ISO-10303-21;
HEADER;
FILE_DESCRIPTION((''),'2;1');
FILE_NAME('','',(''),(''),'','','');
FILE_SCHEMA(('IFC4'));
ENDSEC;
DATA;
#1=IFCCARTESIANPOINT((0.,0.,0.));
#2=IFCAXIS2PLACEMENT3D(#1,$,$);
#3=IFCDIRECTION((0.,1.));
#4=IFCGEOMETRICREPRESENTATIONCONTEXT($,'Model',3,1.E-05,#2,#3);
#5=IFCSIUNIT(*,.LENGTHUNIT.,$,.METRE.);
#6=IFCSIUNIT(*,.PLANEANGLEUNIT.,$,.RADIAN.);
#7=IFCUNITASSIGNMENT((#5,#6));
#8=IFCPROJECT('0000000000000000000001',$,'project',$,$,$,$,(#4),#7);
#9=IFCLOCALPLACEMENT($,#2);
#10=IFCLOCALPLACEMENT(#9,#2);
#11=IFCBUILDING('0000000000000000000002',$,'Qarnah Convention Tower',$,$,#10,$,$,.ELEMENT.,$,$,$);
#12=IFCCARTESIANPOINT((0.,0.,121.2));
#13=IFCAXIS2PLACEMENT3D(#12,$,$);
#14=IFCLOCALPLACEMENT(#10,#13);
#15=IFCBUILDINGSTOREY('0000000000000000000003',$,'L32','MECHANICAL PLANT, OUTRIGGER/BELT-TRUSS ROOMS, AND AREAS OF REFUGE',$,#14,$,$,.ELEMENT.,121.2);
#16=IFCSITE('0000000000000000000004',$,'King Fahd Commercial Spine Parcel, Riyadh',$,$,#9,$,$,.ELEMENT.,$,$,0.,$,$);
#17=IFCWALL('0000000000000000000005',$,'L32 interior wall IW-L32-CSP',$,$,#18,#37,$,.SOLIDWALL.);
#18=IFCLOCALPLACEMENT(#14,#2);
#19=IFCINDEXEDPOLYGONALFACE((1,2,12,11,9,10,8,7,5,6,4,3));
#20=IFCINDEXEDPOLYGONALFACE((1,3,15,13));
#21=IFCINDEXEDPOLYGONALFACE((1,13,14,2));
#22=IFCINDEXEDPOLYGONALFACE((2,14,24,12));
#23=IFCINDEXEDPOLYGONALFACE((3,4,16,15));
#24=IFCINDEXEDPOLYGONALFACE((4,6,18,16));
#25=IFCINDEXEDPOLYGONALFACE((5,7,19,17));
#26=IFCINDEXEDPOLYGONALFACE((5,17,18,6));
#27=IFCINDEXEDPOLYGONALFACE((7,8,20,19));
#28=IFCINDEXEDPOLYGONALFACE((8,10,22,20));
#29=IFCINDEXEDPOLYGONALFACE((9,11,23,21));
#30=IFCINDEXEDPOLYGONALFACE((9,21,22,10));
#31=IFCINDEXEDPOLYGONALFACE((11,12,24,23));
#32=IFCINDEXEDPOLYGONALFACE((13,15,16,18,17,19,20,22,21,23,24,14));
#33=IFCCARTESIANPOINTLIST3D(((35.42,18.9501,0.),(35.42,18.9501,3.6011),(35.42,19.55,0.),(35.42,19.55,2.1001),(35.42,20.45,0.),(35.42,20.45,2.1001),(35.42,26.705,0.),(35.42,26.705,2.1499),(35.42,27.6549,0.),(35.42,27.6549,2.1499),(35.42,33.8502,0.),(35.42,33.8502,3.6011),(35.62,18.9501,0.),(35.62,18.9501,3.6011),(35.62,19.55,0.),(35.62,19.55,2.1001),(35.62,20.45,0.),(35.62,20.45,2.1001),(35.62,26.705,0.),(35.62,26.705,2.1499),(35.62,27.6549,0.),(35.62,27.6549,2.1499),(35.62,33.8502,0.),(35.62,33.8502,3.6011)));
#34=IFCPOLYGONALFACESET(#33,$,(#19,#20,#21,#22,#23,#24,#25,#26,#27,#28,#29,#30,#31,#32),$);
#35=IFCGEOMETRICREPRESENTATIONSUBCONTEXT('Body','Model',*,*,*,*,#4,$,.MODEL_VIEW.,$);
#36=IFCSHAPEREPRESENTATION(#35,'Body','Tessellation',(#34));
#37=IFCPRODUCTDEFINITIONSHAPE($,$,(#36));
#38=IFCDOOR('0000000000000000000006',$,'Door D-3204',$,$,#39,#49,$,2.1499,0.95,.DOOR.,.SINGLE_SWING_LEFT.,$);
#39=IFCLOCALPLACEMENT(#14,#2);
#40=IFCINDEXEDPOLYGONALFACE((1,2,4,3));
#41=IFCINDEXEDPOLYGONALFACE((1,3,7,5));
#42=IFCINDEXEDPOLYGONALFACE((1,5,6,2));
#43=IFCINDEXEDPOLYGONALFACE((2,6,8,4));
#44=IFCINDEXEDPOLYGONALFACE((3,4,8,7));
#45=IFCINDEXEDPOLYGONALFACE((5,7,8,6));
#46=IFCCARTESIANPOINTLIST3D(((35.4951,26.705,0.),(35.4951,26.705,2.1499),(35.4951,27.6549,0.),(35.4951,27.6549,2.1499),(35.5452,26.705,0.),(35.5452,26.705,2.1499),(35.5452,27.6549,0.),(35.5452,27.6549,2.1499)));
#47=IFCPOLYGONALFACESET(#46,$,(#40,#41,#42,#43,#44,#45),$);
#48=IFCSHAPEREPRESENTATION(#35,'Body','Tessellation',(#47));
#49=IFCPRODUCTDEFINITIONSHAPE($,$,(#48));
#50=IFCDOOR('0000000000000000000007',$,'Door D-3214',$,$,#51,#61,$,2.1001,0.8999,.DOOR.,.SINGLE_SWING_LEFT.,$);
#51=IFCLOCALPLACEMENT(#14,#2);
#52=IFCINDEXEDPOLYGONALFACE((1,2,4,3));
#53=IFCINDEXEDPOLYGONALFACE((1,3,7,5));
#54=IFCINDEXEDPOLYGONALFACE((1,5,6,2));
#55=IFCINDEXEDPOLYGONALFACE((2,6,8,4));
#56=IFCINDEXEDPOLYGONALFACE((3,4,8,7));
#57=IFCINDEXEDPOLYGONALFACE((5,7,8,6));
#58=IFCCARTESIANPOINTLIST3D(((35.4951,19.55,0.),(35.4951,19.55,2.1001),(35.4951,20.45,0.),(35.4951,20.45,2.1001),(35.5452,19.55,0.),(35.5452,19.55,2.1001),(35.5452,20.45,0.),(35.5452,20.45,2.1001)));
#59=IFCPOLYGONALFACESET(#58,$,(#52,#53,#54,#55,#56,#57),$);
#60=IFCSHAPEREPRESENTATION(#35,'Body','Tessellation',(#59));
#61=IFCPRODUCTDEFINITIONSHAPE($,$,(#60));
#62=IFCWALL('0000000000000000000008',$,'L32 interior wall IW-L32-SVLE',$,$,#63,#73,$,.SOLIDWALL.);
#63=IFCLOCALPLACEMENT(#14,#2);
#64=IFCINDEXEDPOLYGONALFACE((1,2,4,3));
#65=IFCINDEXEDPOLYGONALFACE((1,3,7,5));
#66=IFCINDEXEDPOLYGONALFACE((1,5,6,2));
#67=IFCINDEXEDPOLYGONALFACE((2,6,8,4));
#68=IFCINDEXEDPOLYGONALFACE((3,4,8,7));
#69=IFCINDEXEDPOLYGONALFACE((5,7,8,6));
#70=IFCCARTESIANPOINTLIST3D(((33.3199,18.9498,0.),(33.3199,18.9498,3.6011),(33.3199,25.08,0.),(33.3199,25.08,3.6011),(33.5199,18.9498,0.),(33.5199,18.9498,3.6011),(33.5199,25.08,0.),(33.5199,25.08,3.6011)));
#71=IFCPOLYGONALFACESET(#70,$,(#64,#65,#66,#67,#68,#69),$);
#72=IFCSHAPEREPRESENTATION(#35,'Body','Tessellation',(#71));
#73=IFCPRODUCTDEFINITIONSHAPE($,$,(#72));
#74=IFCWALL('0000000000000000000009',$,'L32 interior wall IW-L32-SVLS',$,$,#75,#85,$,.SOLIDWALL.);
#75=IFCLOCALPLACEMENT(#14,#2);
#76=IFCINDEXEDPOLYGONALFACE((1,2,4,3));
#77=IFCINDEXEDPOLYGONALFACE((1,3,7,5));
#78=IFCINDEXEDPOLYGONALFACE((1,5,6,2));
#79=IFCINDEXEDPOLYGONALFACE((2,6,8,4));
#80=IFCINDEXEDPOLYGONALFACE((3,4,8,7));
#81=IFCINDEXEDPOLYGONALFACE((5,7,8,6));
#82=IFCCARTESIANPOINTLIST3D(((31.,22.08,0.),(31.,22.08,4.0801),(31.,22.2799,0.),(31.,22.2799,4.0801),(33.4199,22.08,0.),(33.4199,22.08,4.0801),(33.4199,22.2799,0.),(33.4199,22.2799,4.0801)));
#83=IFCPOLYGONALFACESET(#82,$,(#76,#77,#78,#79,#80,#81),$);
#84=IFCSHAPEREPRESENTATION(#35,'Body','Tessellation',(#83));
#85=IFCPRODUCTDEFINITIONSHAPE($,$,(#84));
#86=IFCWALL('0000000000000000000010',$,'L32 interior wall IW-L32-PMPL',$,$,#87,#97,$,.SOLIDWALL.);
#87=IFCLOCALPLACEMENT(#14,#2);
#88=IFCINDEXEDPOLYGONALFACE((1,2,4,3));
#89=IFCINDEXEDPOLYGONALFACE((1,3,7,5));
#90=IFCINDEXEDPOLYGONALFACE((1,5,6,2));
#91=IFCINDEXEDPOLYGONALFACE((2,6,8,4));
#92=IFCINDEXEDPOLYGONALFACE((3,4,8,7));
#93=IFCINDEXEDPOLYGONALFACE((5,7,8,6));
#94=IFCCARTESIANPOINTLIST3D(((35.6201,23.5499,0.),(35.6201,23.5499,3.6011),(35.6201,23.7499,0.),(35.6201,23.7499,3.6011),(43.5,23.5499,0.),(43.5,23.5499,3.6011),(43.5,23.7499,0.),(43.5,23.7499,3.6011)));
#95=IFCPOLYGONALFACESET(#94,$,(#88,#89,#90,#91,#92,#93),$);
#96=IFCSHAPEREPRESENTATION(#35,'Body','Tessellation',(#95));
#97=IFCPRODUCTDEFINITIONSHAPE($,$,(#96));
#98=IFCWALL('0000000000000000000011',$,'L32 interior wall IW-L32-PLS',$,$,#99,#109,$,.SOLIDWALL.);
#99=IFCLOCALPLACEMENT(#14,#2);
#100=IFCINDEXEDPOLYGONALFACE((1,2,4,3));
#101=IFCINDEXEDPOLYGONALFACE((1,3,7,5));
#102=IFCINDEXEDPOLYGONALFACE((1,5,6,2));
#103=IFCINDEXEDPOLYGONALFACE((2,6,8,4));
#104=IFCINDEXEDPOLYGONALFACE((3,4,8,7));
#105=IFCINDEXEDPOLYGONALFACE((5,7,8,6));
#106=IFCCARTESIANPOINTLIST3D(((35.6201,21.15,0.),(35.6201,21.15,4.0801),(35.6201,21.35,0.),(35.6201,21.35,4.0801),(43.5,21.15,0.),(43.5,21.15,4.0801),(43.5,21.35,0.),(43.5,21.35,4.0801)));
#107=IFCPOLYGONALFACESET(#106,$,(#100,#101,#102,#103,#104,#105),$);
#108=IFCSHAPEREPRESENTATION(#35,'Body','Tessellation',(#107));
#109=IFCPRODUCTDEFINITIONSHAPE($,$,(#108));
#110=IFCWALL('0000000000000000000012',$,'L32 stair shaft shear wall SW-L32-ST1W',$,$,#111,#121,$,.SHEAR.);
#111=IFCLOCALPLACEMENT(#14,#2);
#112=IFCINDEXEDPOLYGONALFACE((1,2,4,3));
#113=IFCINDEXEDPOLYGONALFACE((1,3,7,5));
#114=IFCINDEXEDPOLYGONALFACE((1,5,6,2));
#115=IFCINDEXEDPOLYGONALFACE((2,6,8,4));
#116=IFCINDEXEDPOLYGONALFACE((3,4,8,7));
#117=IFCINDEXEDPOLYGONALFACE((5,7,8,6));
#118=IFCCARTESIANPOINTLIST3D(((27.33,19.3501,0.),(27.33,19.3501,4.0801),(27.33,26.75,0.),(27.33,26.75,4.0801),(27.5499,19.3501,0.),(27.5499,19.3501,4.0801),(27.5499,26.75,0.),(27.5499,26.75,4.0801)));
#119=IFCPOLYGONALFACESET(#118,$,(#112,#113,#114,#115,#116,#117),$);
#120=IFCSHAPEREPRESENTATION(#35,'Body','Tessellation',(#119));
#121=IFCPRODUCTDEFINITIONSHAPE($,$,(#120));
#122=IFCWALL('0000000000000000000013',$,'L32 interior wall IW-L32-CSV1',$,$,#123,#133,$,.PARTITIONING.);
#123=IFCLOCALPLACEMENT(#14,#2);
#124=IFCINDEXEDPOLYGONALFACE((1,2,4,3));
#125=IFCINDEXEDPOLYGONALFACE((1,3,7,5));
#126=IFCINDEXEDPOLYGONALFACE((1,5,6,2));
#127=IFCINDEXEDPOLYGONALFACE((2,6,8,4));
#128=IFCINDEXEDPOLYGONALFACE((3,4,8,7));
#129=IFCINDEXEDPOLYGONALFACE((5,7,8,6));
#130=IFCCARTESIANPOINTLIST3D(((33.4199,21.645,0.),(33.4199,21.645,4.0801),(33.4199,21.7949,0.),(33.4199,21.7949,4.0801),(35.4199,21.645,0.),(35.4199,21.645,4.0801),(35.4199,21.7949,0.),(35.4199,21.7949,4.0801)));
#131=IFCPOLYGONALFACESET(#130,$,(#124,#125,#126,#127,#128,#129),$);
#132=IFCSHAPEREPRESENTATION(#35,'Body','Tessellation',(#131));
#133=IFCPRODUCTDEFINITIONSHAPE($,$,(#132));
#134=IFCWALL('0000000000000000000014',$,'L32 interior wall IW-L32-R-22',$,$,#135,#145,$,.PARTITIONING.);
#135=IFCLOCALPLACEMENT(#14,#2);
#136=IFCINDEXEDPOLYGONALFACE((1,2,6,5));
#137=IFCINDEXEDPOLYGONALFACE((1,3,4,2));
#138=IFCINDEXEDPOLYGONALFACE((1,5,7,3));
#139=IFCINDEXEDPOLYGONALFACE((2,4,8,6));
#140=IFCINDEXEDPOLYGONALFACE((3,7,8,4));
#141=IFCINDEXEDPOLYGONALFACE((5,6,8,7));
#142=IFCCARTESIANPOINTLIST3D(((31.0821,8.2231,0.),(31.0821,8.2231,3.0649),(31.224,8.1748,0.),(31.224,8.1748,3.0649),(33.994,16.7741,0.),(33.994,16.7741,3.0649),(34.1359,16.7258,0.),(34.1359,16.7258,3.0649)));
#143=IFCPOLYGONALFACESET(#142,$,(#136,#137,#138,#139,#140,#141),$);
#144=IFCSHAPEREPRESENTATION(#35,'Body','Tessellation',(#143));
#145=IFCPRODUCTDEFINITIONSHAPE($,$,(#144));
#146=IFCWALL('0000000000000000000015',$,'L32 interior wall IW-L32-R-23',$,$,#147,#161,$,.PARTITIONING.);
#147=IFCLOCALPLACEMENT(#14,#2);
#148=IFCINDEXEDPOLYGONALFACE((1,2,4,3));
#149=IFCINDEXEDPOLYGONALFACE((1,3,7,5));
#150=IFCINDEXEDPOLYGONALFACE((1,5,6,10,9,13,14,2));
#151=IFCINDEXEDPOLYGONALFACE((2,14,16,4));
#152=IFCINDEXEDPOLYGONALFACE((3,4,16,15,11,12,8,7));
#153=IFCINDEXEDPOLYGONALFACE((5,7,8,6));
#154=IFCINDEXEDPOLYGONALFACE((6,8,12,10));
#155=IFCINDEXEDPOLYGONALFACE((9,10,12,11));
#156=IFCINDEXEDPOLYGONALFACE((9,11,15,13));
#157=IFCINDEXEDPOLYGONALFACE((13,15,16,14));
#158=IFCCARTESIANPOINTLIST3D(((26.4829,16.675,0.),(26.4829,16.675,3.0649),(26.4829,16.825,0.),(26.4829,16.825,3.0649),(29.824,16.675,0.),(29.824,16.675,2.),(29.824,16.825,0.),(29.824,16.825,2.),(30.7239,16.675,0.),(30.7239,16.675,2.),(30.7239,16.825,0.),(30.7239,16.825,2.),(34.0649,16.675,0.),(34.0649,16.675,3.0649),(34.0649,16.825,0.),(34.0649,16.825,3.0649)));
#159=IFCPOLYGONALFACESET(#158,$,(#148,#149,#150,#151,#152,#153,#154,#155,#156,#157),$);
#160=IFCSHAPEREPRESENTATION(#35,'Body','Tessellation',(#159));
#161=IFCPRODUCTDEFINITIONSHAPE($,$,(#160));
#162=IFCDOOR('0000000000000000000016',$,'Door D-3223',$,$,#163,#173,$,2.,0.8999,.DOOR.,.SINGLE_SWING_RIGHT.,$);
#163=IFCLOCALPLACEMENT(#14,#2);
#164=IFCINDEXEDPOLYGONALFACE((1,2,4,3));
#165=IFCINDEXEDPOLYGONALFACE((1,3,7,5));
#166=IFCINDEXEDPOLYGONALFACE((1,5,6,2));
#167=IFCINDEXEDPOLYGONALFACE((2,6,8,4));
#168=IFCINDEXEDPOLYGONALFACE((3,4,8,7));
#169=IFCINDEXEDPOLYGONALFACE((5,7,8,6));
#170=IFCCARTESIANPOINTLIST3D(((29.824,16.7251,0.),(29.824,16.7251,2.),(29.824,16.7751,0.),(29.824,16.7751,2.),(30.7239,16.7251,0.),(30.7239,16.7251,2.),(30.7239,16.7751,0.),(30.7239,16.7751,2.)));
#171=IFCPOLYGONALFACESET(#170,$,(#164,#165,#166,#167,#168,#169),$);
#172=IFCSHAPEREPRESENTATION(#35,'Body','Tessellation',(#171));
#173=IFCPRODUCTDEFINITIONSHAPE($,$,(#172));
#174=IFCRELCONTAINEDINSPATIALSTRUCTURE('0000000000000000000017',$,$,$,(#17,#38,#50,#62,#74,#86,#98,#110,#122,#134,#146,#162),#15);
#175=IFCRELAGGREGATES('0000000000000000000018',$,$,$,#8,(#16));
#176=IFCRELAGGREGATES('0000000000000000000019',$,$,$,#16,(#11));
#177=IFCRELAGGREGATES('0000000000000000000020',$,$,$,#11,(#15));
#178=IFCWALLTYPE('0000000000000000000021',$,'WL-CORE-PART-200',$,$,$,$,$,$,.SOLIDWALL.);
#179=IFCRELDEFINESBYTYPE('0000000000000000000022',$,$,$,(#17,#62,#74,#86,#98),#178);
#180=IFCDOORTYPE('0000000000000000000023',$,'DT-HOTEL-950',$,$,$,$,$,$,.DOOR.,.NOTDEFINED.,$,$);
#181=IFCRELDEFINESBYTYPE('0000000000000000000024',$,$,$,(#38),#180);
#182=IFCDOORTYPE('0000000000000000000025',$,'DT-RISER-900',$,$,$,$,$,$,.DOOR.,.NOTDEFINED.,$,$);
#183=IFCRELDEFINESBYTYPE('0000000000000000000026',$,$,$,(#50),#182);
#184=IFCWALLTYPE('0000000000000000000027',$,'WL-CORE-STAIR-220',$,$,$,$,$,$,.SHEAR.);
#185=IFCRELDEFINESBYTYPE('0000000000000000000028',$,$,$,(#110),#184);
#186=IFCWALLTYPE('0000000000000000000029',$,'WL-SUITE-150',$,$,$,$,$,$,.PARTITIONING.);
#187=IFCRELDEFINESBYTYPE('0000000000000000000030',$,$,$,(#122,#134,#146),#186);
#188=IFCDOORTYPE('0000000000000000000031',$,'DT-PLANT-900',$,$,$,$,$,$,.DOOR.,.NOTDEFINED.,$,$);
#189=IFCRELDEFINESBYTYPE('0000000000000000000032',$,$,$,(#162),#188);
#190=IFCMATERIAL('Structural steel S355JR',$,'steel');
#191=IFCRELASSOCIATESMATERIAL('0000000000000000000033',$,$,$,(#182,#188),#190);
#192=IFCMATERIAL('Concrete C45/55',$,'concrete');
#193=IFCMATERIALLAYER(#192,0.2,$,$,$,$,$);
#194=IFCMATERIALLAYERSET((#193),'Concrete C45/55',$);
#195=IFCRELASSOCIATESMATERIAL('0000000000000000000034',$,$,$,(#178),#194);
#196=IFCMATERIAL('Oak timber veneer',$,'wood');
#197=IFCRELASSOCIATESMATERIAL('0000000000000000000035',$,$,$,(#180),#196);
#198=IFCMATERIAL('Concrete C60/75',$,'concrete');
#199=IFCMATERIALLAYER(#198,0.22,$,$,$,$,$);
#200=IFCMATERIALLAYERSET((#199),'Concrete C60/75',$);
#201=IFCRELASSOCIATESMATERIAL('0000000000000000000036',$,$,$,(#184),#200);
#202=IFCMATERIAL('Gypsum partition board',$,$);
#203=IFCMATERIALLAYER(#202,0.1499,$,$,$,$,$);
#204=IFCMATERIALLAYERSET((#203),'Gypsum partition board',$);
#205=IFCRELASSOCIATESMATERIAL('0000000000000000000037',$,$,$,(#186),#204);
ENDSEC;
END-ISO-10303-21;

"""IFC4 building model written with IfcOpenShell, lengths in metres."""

from ifc_helpers import new_model, si_unit, direction, frame, frame_2d, origin, place, context, subcontext, project, spatial, rectangle, extrude, material, layer, layer_set, type_object, element, fill, save


model = new_model("IFC4")

# Units and contexts
model_context = context("Model", 3, precision=1e-05, world=origin(), true_north=direction((0.0, 1.0)))
body_context = subcontext(model_context, "Body", "Model", "MODEL_VIEW")
ifc_project = project(units=[si_unit("LENGTHUNIT", "METRE"), si_unit("PLANEANGLEUNIT", "RADIAN")], contexts=[model_context])

# Site, building, storey
site_placement = place(None, origin())
site = spatial("IfcSite", under=ifc_project, at=site_placement, Name="King Fahd Commercial Spine Parcel, Riyadh", CompositionType="ELEMENT", RefElevation=0.0)
building_placement = place(site_placement, origin())
building = spatial("IfcBuilding", under=site, at=building_placement, Name="Qarnah Convention Tower", CompositionType="ELEMENT")
storey_placement = place(building_placement, frame((0.0, 0.0, 121.2)))
storey = spatial("IfcBuildingStorey", under=building, at=storey_placement, Name="L32", Description="MECHANICAL PLANT, OUTRIGGER/BELT-TRUSS ROOMS, AND AREAS OF REFUGE", CompositionType="ELEMENT", Elevation=121.2)

# Shared definitions
ifc_material_1 = material(Name="Concrete C60/75", Category="concrete")

# Shared definitions
ifc_material_2 = material(Name="Structural steel S355JR", Category="steel")

# Wall, openings, doors
door_type_1 = type_object("IfcDoorType", Name="DT-RISER-900", OperationType="NOTDEFINED", PredefinedType="DOOR", material=ifc_material_2)
ifc_material_3 = material(Name="Concrete C45/55", Category="concrete")
ifc_layer_1 = layer(ifc_material_3, 0.2)
ifc_layer_set_1 = layer_set([ifc_layer_1], Name="Concrete C45/55")
wall_type_1 = type_object("IfcWallType", Name="WL-CORE-PART-200", PredefinedType="SOLIDWALL", material=ifc_layer_set_1)
wall_1_placement = place(storey_placement, frame((35.52, 18.95, 0.0), z_axis=(0.0, 0.0, 1.0), x_axis=(0.0, 1.0, 0.0)))
wall_1 = element("IfcWall", 1, at=wall_1_placement, inside=storey, type_object=wall_type_1, Name="L32 interior wall IW-L32-CSP", PredefinedType="SOLIDWALL", context=body_context, shape_type="SweptSolid", body=[
    extrude(rectangle(XDim=14.9001, YDim=0.2, at=frame_2d((7.4502, 0.0))), origin(), (0.0, 0.0, 1.0), 3.6011),
])
opening_1_placement = place(wall_1_placement, frame((7.7549, 0.0, 0.0)))
opening_1 = element("IfcOpeningElement", 2, at=opening_1_placement, cuts=wall_1, PredefinedType="OPENING", context=body_context, shape_type="SweptSolid", body=[
    extrude(rectangle(XDim=0.95, YDim=2.1499, at=frame_2d((0.4751, 1.075))), frame((0.0, 0.1099, 0.0), z_axis=(0.0, -1.0, 0.0), x_axis=(1.0, 0.0, 0.0)), (0.0, 0.0, 1.0), 0.22),
])
opening_2_placement = place(wall_1_placement, frame((0.6001, 0.0, 0.0)))
opening_2 = element("IfcOpeningElement", 3, at=opening_2_placement, cuts=wall_1, PredefinedType="OPENING", context=body_context, shape_type="SweptSolid", body=[
    extrude(rectangle(XDim=0.8999, YDim=2.1001, at=frame_2d((0.45, 1.05))), frame((0.0, 0.1099, 0.0), z_axis=(0.0, -1.0, 0.0), x_axis=(1.0, 0.0, 0.0)), (0.0, 0.0, 1.0), 0.22),
])
ifc_material_4 = material(Name="Oak timber veneer", Category="wood")
door_type_2 = type_object("IfcDoorType", Name="DT-HOTEL-950", OperationType="NOTDEFINED", PredefinedType="DOOR", material=ifc_material_4)
door_1_placement = place(opening_1_placement, origin())
door_1 = element("IfcDoor", 4, at=door_1_placement, inside=storey, type_object=door_type_2, Name="Door D-3204", OperationType="SINGLE_SWING_LEFT", OverallHeight=2.1499, OverallWidth=0.95, PredefinedType="DOOR", context=body_context, shape_type="SweptSolid", body=[
    extrude(rectangle(XDim=0.95, YDim=2.1499, at=frame_2d((0.4751, 1.075))), frame((0.0, 0.0249, 0.0), z_axis=(0.0, -1.0, 0.0), x_axis=(1.0, 0.0, 0.0)), (0.0, 0.0, 1.0), 0.05),
])
fill(opening_1, door_1)
door_2_placement = place(opening_2_placement, origin())
door_2 = element("IfcDoor", 5, at=door_2_placement, inside=storey, type_object=door_type_1, Name="Door D-3214", OperationType="SINGLE_SWING_LEFT", OverallHeight=2.1001, OverallWidth=0.8999, PredefinedType="DOOR", context=body_context, shape_type="SweptSolid", body=[
    extrude(rectangle(XDim=0.8999, YDim=2.1001, at=frame_2d((0.45, 1.05))), frame((0.0, 0.0249, 0.0), z_axis=(0.0, -1.0, 0.0), x_axis=(1.0, 0.0, 0.0)), (0.0, 0.0, 1.0), 0.05),
])
fill(opening_2, door_2)

# Walls
wall_2_placement = place(storey_placement, frame((33.4199, 18.95, 0.0), z_axis=(0.0, 0.0, 1.0), x_axis=(0.0, 1.0, 0.0)))
element("IfcWall", 6, at=wall_2_placement, inside=storey, type_object=wall_type_1, Name="L32 interior wall IW-L32-SVLE", PredefinedType="SOLIDWALL", context=body_context, shape_type="SweptSolid", body=[
    extrude(rectangle(XDim=6.1301, YDim=0.2, at=frame_2d((3.0649, 0.0))), origin(), (0.0, 0.0, 1.0), 3.6011),
])
wall_3_placement = place(storey_placement, frame((31.0, 22.1799, 0.0), z_axis=(0.0, 0.0, 1.0), x_axis=(1.0, 0.0, 0.0)))
element("IfcWall", 7, at=wall_3_placement, inside=storey, type_object=wall_type_1, Name="L32 interior wall IW-L32-SVLS", PredefinedType="SOLIDWALL", context=body_context, shape_type="SweptSolid", body=[
    extrude(rectangle(XDim=2.4199, YDim=0.2, at=frame_2d((1.21, 0.0))), origin(), (0.0, 0.0, 1.0), 4.0801),
])
wall_4_placement = place(storey_placement, frame((35.6201, 23.6499, 0.0), z_axis=(0.0, 0.0, 1.0), x_axis=(1.0, 0.0, 0.0)))
element("IfcWall", 8, at=wall_4_placement, inside=storey, type_object=wall_type_1, Name="L32 interior wall IW-L32-PMPL", PredefinedType="SOLIDWALL", context=body_context, shape_type="SweptSolid", body=[
    extrude(rectangle(XDim=7.8799, YDim=0.2, at=frame_2d((3.9399, 0.0))), origin(), (0.0, 0.0, 1.0), 3.6011),
])
wall_5_placement = place(storey_placement, frame((35.6201, 21.25, 0.0), z_axis=(0.0, 0.0, 1.0), x_axis=(1.0, 0.0, 0.0)))
element("IfcWall", 9, at=wall_5_placement, inside=storey, type_object=wall_type_1, Name="L32 interior wall IW-L32-PLS", PredefinedType="SOLIDWALL", context=body_context, shape_type="SweptSolid", body=[
    extrude(rectangle(XDim=7.8799, YDim=0.2, at=frame_2d((3.9399, 0.0))), origin(), (0.0, 0.0, 1.0), 4.0801),
])
ifc_layer_2 = layer(ifc_material_1, 0.22)
ifc_layer_set_2 = layer_set([ifc_layer_2], Name="Concrete C60/75")
wall_type_2 = type_object("IfcWallType", Name="WL-CORE-STAIR-220", PredefinedType="SHEAR", material=ifc_layer_set_2)
wall_6_placement = place(storey_placement, frame((27.4399, 19.3501, 0.0), z_axis=(0.0, 0.0, 1.0), x_axis=(0.0, 1.0, 0.0)))
element("IfcWall", 10, at=wall_6_placement, inside=storey, type_object=wall_type_2, Name="L32 stair shaft shear wall SW-L32-ST1W", PredefinedType="SHEAR", context=body_context, shape_type="SweptSolid", body=[
    extrude(rectangle(XDim=7.3999, YDim=0.22, at=frame_2d((3.7, 0.0))), origin(), (0.0, 0.0, 1.0), 4.0801),
])
ifc_material_5 = material(Name="Gypsum partition board")
ifc_layer_3 = layer(ifc_material_5, 0.1499)
ifc_layer_set_3 = layer_set([ifc_layer_3], Name="Gypsum partition board")
wall_type_3 = type_object("IfcWallType", Name="WL-SUITE-150", PredefinedType="PARTITIONING", material=ifc_layer_set_3)
wall_7_placement = place(storey_placement, frame((33.4199, 21.72, 0.0), z_axis=(0.0, 0.0, 1.0), x_axis=(1.0, 0.0, 0.0)))
element("IfcWall", 11, at=wall_7_placement, inside=storey, type_object=wall_type_3, Name="L32 interior wall IW-L32-CSV1", PredefinedType="PARTITIONING", context=body_context, shape_type="SweptSolid", body=[
    extrude(rectangle(XDim=2.0, YDim=0.1499, at=frame_2d((1.0, 0.0))), origin(), (0.0, 0.0, 1.0), 4.0801),
])
wall_8_placement = place(storey_placement, frame((31.1531, 8.199, 0.0), z_axis=(0.0, 0.0, 1.0), x_axis=(0.322351, 0.94662, 0.0)))
element("IfcWall", 12, at=wall_8_placement, inside=storey, type_object=wall_type_3, Name="L32 interior wall IW-L32-R-22", PredefinedType="PARTITIONING", context=body_context, shape_type="SweptSolid", body=[
    extrude(rectangle(XDim=9.0332, YDim=0.1499, at=frame_2d((4.5166, 0.0))), origin(), (0.0, 0.0, 1.0), 3.0649),
])

# Wall, opening, door
wall_9_placement = place(storey_placement, frame((34.0649, 16.75, 0.0), z_axis=(0.0, 0.0, 1.0), x_axis=(-1.0, 0.0, 0.0)))
wall_9 = element("IfcWall", 13, at=wall_9_placement, inside=storey, type_object=wall_type_3, Name="L32 interior wall IW-L32-R-23", PredefinedType="PARTITIONING", context=body_context, shape_type="SweptSolid", body=[
    extrude(rectangle(XDim=7.582, YDim=0.1499, at=frame_2d((3.791, 0.0))), origin(), (0.0, 0.0, 1.0), 3.0649),
])
opening_3_placement = place(wall_9_placement, frame((3.3411, 0.0, 0.0)))
opening_3 = element("IfcOpeningElement", 14, at=opening_3_placement, cuts=wall_9, PredefinedType="OPENING", context=body_context, shape_type="SweptSolid", body=[
    extrude(rectangle(XDim=0.8999, YDim=2.0, at=frame_2d((0.45, 1.0))), frame((0.0, 0.085, 0.0), z_axis=(0.0, -1.0, 0.0), x_axis=(1.0, 0.0, 0.0)), (0.0, 0.0, 1.0), 0.1699),
])
door_type_3 = type_object("IfcDoorType", Name="DT-PLANT-900", OperationType="NOTDEFINED", PredefinedType="DOOR", material=ifc_material_2)
door_3_placement = place(opening_3_placement, origin())
door_3 = element("IfcDoor", 15, at=door_3_placement, inside=storey, type_object=door_type_3, Name="Door D-3223", OperationType="SINGLE_SWING_RIGHT", OverallHeight=2.0, OverallWidth=0.8999, PredefinedType="DOOR", context=body_context, shape_type="SweptSolid", body=[
    extrude(rectangle(XDim=0.8999, YDim=2.0, at=frame_2d((0.45, 1.0))), frame((0.0, 0.0249, 0.0), z_axis=(0.0, -1.0, 0.0), x_axis=(1.0, 0.0, 0.0)), (0.0, 0.0, 1.0), 0.05),
])
fill(opening_3, door_3)

save(model, "model.ifc")
